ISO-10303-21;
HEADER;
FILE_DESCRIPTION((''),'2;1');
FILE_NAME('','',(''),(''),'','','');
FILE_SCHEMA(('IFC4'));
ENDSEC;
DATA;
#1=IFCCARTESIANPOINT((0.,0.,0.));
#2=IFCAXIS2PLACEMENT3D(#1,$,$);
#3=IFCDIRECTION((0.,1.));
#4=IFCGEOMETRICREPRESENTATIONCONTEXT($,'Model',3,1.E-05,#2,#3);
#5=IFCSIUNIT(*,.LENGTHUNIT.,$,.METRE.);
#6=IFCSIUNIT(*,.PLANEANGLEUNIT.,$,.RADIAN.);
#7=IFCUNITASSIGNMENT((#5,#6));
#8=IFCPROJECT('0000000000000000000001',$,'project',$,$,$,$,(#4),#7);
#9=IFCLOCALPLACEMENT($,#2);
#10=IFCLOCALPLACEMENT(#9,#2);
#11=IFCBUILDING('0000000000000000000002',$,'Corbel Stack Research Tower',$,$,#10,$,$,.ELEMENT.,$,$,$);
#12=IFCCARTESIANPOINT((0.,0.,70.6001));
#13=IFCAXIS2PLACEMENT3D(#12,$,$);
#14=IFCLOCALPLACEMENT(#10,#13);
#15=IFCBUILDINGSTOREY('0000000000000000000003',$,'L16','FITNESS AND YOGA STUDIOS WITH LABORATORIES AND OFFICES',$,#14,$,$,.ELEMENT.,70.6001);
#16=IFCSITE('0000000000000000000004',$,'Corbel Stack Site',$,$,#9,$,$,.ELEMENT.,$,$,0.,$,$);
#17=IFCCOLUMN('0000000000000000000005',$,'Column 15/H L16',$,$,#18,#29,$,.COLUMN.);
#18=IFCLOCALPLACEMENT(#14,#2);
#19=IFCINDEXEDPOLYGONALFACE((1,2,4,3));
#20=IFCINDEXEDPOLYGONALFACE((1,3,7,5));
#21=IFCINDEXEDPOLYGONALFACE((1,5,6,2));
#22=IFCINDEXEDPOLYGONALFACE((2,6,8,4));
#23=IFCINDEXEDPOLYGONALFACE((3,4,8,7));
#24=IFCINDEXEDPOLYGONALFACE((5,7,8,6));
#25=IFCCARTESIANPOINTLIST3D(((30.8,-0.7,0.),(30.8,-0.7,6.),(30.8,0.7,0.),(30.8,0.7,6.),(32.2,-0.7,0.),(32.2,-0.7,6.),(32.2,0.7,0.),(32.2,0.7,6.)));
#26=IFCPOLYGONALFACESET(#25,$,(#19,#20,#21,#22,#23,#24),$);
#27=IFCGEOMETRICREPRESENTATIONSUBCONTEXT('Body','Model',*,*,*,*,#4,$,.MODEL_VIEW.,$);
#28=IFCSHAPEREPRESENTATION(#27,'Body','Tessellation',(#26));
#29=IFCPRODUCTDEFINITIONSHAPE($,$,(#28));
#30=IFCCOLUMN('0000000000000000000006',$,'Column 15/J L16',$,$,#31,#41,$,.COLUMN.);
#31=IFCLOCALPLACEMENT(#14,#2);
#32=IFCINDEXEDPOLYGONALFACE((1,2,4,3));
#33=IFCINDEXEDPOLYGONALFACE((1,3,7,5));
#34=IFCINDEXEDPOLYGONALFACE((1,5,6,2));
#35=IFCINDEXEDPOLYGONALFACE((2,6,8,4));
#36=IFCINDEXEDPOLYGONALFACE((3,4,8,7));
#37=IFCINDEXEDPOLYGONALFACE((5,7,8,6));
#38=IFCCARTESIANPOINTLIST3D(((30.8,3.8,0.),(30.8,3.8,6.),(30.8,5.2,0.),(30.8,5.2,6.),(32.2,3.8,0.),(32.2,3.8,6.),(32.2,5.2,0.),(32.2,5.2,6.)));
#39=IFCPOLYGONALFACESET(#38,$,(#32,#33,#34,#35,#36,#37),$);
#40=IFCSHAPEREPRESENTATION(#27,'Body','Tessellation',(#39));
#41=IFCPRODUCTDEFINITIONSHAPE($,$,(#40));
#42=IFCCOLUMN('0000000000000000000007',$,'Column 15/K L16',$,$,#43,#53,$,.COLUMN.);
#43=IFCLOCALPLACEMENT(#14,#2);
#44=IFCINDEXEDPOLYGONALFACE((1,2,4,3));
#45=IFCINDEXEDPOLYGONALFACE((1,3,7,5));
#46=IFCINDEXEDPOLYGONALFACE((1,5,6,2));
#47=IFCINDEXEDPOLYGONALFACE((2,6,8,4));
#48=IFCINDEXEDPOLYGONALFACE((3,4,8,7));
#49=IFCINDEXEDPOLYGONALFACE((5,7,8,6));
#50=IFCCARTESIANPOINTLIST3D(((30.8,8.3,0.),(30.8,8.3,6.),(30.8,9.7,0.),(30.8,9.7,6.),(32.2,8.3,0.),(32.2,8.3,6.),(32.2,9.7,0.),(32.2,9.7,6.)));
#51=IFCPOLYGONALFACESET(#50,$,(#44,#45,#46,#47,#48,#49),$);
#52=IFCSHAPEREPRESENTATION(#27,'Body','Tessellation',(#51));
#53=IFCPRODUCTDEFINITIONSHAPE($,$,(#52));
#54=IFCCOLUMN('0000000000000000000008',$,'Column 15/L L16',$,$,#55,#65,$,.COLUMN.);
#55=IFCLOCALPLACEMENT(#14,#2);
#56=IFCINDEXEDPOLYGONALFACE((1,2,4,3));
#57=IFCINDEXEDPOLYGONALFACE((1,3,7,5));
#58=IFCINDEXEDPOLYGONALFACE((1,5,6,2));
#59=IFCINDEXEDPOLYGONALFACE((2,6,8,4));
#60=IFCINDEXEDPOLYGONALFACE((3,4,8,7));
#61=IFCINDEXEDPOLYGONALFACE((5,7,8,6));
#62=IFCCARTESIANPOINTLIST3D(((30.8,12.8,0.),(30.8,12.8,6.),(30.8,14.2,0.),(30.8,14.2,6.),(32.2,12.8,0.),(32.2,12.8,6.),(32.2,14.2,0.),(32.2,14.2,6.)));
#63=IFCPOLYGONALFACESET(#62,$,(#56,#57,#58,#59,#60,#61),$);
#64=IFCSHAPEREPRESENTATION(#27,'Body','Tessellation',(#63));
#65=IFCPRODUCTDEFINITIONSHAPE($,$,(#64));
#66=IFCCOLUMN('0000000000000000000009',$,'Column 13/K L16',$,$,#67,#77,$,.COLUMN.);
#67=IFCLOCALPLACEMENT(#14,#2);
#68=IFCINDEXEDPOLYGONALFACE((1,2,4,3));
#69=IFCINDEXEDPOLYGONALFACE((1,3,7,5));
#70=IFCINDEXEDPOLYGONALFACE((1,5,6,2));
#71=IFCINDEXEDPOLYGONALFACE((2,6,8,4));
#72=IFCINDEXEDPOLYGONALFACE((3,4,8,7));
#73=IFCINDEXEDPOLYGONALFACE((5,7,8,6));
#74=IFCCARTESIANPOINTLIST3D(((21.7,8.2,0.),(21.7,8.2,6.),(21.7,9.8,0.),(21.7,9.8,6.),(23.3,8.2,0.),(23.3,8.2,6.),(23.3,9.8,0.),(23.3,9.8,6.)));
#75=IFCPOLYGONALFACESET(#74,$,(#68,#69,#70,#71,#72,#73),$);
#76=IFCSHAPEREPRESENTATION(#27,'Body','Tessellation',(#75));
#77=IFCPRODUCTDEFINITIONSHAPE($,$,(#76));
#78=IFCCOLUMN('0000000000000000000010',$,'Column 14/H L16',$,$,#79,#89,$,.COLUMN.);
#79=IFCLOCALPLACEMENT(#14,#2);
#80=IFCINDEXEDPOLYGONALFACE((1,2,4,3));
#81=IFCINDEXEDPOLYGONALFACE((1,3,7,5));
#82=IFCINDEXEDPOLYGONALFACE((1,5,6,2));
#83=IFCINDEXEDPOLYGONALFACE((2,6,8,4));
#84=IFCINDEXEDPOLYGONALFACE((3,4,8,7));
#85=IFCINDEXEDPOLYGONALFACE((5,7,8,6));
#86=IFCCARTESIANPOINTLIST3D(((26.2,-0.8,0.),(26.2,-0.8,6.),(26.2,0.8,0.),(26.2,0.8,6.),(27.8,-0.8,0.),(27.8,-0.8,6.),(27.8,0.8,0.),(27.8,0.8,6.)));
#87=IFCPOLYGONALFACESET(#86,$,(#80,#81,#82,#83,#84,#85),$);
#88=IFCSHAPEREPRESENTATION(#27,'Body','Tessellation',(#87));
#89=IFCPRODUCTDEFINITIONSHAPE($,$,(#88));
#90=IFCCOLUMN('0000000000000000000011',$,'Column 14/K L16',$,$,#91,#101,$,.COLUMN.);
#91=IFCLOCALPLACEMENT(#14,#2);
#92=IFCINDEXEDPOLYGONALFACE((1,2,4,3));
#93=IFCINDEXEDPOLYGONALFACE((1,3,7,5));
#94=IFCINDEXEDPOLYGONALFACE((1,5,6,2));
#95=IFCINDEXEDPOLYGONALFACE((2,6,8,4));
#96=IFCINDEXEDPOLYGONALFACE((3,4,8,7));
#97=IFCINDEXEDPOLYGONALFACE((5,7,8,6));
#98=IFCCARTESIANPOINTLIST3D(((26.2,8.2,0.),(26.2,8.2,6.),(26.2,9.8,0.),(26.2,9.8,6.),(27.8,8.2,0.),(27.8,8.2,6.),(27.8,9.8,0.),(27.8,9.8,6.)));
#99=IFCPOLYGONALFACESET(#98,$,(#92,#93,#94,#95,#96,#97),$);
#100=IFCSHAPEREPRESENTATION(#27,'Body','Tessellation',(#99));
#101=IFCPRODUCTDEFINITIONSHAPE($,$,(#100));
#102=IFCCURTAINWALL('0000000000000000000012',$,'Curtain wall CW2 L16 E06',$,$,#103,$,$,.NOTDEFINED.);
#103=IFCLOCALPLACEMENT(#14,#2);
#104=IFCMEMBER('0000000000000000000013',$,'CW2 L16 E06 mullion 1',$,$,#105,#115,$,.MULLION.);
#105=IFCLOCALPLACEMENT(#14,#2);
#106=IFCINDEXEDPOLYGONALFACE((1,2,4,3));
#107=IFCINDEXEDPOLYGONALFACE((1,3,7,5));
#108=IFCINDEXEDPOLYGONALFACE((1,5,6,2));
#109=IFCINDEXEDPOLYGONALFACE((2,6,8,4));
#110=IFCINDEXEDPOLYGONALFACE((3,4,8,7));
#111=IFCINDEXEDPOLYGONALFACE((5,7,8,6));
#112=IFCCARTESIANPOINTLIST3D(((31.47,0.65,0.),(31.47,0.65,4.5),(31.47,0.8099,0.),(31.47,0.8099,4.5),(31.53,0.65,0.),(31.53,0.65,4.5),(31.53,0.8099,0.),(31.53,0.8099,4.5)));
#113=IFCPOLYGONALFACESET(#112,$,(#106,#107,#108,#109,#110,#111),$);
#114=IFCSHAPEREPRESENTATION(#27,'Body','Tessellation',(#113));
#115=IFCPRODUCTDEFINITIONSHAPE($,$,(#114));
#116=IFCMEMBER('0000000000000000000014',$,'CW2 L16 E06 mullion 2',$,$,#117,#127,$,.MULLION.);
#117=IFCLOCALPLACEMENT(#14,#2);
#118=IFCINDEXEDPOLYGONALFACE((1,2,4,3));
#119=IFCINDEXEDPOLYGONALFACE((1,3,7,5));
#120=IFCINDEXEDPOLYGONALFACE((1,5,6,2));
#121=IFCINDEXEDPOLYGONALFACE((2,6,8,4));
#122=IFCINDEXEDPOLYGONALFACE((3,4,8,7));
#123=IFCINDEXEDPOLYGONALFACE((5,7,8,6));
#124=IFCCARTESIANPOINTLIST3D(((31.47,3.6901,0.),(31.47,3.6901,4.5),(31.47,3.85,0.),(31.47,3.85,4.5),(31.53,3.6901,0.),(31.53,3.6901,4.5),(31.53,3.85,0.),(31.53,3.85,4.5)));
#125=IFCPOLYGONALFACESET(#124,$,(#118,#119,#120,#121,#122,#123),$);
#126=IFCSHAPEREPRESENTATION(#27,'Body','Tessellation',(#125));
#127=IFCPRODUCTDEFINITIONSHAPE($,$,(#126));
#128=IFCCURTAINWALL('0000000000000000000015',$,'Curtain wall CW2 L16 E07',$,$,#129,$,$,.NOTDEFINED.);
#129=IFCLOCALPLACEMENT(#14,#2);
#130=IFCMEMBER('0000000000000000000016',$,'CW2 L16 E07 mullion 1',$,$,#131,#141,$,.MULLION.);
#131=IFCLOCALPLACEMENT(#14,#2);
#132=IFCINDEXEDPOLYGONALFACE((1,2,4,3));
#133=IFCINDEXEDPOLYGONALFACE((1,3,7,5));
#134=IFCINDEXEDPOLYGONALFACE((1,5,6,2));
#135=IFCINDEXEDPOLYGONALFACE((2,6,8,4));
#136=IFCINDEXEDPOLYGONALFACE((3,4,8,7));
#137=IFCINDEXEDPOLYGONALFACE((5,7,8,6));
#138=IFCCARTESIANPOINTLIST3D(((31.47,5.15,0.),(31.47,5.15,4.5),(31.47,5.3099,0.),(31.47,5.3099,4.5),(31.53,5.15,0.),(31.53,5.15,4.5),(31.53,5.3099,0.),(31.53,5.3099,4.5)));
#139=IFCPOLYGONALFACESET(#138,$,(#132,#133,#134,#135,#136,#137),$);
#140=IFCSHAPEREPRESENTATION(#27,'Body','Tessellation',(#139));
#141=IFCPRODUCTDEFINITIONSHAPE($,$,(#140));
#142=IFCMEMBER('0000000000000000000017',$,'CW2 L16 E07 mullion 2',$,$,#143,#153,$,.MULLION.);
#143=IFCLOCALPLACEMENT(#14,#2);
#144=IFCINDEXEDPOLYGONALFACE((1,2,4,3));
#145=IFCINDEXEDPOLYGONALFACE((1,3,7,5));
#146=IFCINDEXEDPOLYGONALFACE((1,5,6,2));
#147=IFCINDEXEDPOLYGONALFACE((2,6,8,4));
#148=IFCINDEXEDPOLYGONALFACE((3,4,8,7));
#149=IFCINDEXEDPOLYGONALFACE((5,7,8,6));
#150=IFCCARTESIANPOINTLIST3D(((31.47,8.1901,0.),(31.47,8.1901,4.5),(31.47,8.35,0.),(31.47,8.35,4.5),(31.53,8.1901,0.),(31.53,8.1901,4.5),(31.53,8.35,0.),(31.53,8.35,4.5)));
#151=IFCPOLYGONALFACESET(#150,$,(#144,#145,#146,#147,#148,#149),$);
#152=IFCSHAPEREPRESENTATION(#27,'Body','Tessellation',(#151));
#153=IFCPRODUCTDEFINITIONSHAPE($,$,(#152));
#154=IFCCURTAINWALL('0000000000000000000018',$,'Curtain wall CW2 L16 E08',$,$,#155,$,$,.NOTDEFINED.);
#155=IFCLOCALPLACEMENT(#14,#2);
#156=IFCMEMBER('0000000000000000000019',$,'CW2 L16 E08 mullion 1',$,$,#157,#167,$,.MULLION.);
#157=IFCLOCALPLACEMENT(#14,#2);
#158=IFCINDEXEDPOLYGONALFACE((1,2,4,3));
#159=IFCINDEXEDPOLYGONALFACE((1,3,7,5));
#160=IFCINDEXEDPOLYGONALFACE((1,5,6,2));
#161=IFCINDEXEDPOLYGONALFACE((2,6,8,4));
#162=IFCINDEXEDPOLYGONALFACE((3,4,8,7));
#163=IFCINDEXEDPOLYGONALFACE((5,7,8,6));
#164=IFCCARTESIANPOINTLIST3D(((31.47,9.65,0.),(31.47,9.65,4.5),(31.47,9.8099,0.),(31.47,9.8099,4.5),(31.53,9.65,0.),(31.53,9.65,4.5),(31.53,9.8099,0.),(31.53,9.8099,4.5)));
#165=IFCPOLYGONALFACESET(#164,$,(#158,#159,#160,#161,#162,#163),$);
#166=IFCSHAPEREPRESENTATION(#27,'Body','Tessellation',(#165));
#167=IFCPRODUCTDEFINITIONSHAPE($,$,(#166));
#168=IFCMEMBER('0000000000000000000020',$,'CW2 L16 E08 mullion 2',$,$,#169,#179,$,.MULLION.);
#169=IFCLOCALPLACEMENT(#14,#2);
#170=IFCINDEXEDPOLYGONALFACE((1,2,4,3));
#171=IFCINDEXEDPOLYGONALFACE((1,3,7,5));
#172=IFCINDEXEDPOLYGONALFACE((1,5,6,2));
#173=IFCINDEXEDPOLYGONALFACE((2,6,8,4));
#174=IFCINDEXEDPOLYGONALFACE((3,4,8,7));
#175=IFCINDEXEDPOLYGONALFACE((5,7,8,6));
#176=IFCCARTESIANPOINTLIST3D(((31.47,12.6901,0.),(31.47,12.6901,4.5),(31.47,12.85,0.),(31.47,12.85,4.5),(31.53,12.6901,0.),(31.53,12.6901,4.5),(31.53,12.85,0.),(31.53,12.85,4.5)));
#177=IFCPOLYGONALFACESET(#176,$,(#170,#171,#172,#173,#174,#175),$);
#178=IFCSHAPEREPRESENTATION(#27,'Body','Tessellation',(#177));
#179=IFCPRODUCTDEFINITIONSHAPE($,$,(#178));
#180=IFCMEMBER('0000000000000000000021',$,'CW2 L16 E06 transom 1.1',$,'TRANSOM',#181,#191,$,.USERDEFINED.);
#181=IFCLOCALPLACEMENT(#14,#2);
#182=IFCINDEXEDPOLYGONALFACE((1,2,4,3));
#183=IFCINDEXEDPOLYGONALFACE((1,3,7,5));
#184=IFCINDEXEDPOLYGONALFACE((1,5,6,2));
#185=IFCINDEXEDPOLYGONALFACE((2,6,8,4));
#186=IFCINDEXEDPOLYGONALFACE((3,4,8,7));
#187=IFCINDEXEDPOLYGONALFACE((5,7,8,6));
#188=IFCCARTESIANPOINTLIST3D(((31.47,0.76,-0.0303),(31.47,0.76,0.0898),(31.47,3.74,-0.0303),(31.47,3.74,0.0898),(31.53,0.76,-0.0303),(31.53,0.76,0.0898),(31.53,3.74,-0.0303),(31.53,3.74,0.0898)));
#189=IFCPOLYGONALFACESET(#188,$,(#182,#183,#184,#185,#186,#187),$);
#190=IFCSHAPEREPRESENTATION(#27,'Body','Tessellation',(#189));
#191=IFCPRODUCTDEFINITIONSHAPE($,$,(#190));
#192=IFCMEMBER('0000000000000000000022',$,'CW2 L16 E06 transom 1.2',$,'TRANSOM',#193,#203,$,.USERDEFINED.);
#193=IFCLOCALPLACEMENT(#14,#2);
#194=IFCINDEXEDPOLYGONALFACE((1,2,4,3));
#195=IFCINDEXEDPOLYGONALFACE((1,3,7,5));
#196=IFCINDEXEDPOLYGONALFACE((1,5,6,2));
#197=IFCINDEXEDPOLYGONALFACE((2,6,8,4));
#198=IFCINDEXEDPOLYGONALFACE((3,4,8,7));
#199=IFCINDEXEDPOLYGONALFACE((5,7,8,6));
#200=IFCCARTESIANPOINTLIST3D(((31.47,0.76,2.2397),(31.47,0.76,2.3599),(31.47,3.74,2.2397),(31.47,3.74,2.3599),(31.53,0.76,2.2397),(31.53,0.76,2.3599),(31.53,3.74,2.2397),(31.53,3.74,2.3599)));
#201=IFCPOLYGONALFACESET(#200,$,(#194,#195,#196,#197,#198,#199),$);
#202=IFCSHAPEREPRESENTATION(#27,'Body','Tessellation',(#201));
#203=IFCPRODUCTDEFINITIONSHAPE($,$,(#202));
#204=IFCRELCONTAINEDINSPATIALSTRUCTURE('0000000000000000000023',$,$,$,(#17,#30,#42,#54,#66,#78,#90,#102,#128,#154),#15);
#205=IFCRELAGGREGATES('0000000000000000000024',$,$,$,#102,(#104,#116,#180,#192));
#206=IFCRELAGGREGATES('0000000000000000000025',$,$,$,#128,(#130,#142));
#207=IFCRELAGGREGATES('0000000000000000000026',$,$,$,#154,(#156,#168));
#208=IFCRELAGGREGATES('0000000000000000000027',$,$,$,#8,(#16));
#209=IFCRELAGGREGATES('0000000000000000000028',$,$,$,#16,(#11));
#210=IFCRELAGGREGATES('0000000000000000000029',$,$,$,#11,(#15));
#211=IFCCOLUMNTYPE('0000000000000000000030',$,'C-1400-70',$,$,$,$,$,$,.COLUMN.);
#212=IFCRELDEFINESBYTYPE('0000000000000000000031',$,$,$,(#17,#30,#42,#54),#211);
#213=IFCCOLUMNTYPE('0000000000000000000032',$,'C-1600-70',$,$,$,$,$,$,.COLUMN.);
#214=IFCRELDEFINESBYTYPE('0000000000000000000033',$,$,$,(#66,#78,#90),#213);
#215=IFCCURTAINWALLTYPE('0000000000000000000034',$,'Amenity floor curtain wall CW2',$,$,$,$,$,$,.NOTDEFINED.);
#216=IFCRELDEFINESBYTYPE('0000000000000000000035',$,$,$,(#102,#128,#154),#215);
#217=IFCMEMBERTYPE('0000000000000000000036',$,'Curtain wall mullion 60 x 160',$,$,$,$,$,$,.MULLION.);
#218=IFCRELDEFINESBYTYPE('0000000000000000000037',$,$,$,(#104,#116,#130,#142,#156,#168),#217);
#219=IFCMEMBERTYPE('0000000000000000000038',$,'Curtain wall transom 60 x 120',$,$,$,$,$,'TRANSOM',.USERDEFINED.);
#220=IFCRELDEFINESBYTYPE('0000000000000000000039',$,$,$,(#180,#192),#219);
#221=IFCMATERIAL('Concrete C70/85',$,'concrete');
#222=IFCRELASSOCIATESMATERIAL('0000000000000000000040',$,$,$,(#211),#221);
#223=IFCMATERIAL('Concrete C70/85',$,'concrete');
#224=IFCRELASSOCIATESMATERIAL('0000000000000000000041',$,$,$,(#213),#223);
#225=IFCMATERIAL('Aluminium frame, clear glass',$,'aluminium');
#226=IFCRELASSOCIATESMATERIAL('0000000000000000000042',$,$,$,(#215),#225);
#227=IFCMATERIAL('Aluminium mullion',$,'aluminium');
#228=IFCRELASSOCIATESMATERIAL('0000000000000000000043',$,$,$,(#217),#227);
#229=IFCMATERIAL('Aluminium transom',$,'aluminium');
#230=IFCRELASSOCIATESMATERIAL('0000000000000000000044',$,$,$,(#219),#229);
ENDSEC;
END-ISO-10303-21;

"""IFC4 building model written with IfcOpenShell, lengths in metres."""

from ifc_helpers import new_model, si_unit, direction, frame, origin, origin_2d, place, context, subcontext, project, spatial, rectangle, extrude, material, material_profile, profile_set, type_object, element, aggregate, save


model = new_model("IFC4")

# Units and contexts
model_context = context("Model", 3, precision=1e-05, world=origin(), true_north=direction((0.0, 1.0)))
body_context = subcontext(model_context, "Body", "Model", "MODEL_VIEW")
ifc_project = project(units=[si_unit("LENGTHUNIT", "METRE"), si_unit("PLANEANGLEUNIT", "RADIAN")], contexts=[model_context])

# Site, building, storey
site_placement = place(None, origin())
site = spatial("IfcSite", under=ifc_project, at=site_placement, Name="Corbel Stack Site", CompositionType="ELEMENT", RefElevation=0.0)
building_placement = place(site_placement, origin())
building = spatial("IfcBuilding", under=site, at=building_placement, Name="Corbel Stack Research Tower", CompositionType="ELEMENT")
storey_placement = place(building_placement, frame((0.0, 0.0, 70.6001)))
storey = spatial("IfcBuildingStorey", under=building, at=storey_placement, Name="L16", Description="FITNESS AND YOGA STUDIOS WITH LABORATORIES AND OFFICES", CompositionType="ELEMENT", Elevation=70.6001)

# Columns
ifc_material_1 = material(Name="Concrete C70/85", Category="concrete")
ifc_material_profile_1 = material_profile(ifc_material_1, rectangle(XDim=1.3999, YDim=1.3999, at=origin_2d()), Name="RC 1400 x 1400")
ifc_profile_set_1 = profile_set([ifc_material_profile_1], Name="Concrete C70/85")
column_type_1 = type_object("IfcColumnType", Name="C-1400-70", PredefinedType="COLUMN", material=ifc_profile_set_1)
for number, where, z_axis, x_axis, name in (
    (1, (31.5, 0.0, 0.0), (0.0, 0.0, 1.0), (1.0, 0.0, 0.0), "Column 15/H L16"),
    (2, (31.5, 4.5, 0.0), (0.0, 0.0, 1.0), (1.0, 0.0, 0.0), "Column 15/J L16"),
    (3, (31.5, 9.0, 0.0), (0.0, 0.0, 1.0), (1.0, 0.0, 0.0), "Column 15/K L16"),
    (4, (31.5, 13.5, 0.0), (0.0, 0.0, 1.0), (1.0, 0.0, 0.0), "Column 15/L L16"),
):
    element("IfcColumn", number, at=place(storey_placement, frame(where, z_axis=z_axis, x_axis=x_axis)), inside=storey, type_object=column_type_1, Name=name, PredefinedType="COLUMN", context=body_context, shape_type="SweptSolid", body=[
        extrude(rectangle(XDim=1.3999, YDim=1.3999, at=origin_2d()), origin(), (0.0, 0.0, 1.0), 6.0),
    ])
ifc_material_2 = material(Name="Concrete C70/85", Category="concrete")
ifc_material_profile_2 = material_profile(ifc_material_2, rectangle(XDim=1.6001, YDim=1.6001, at=origin_2d()), Name="RC 1600 x 1600")
ifc_profile_set_2 = profile_set([ifc_material_profile_2], Name="Concrete C70/85")
column_type_2 = type_object("IfcColumnType", Name="C-1600-70", PredefinedType="COLUMN", material=ifc_profile_set_2)
for number, where, z_axis, x_axis, name in (
    (5, (22.5, 9.0, 0.0), (0.0, 0.0, 1.0), (1.0, 0.0, 0.0), "Column 13/K L16"),
    (6, (27.0, 0.0, 0.0), (0.0, 0.0, 1.0), (1.0, 0.0, 0.0), "Column 14/H L16"),
    (7, (27.0, 9.0, 0.0), (0.0, 0.0, 1.0), (1.0, 0.0, 0.0), "Column 14/K L16"),
):
    element("IfcColumn", number, at=place(storey_placement, frame(where, z_axis=z_axis, x_axis=x_axis)), inside=storey, type_object=column_type_2, Name=name, PredefinedType="COLUMN", context=body_context, shape_type="SweptSolid", body=[
        extrude(rectangle(XDim=1.6001, YDim=1.6001, at=origin_2d()), origin(), (0.0, 0.0, 1.0), 6.0),
    ])

# Curtain walls, members
ifc_material_3 = material(Name="Aluminium frame, clear glass", Category="aluminium")
curtain_wall_type = type_object("IfcCurtainWallType", Name="Amenity floor curtain wall CW2", PredefinedType="NOTDEFINED", material=ifc_material_3)
curtain_wall_1_placement = place(storey_placement, origin())
curtain_wall_1 = element("IfcCurtainWall", 8, at=curtain_wall_1_placement, inside=storey, type_object=curtain_wall_type, Name="Curtain wall CW2 L16 E06", PredefinedType="NOTDEFINED")
ifc_material_4 = material(Name="Aluminium mullion", Category="aluminium")
ifc_material_profile_3 = material_profile(ifc_material_4, rectangle(XDim=0.0601, YDim=0.1599, at=origin_2d()), Name="Mullion 60 x 160")
ifc_profile_set_3 = profile_set([ifc_material_profile_3], Name="Aluminium mullion")
member_type_1 = type_object("IfcMemberType", Name="Curtain wall mullion 60 x 160", PredefinedType="MULLION", material=ifc_profile_set_3)
member_1_placement = place(storey_placement, frame((31.5, 0.73, 0.0), z_axis=(0.0, 0.0, 1.0), x_axis=(-1.0, 0.0, 0.0)))
member_1 = element("IfcMember", 9, at=member_1_placement, type_object=member_type_1, Name="CW2 L16 E06 mullion 1", PredefinedType="MULLION", context=body_context, shape_type="SweptSolid", body=[
    extrude(rectangle(XDim=0.0601, YDim=0.1599, at=origin_2d()), origin(), (0.0, 0.0, 1.0), 4.5),
])
member_2_placement = place(storey_placement, frame((31.5, 3.77, 0.0), z_axis=(0.0, 0.0, 1.0), x_axis=(-1.0, 0.0, 0.0)))
member_2 = element("IfcMember", 10, at=member_2_placement, type_object=member_type_1, Name="CW2 L16 E06 mullion 2", PredefinedType="MULLION", context=body_context, shape_type="SweptSolid", body=[
    extrude(rectangle(XDim=0.0601, YDim=0.1599, at=origin_2d()), origin(), (0.0, 0.0, 1.0), 4.5),
])
curtain_wall_2_placement = place(storey_placement, origin())
curtain_wall_2 = element("IfcCurtainWall", 11, at=curtain_wall_2_placement, inside=storey, type_object=curtain_wall_type, Name="Curtain wall CW2 L16 E07", PredefinedType="NOTDEFINED")
member_3_placement = place(storey_placement, frame((31.5, 5.23, 0.0), z_axis=(0.0, 0.0, 1.0), x_axis=(-1.0, 0.0, 0.0)))
member_3 = element("IfcMember", 12, at=member_3_placement, type_object=member_type_1, Name="CW2 L16 E07 mullion 1", PredefinedType="MULLION", context=body_context, shape_type="SweptSolid", body=[
    extrude(rectangle(XDim=0.0601, YDim=0.1599, at=origin_2d()), origin(), (0.0, 0.0, 1.0), 4.5),
])
member_4_placement = place(storey_placement, frame((31.5, 8.27, 0.0), z_axis=(0.0, 0.0, 1.0), x_axis=(-1.0, 0.0, 0.0)))
member_4 = element("IfcMember", 13, at=member_4_placement, type_object=member_type_1, Name="CW2 L16 E07 mullion 2", PredefinedType="MULLION", context=body_context, shape_type="SweptSolid", body=[
    extrude(rectangle(XDim=0.0601, YDim=0.1599, at=origin_2d()), origin(), (0.0, 0.0, 1.0), 4.5),
])
curtain_wall_3_placement = place(storey_placement, origin())
curtain_wall_3 = element("IfcCurtainWall", 14, at=curtain_wall_3_placement, inside=storey, type_object=curtain_wall_type, Name="Curtain wall CW2 L16 E08", PredefinedType="NOTDEFINED")
member_5_placement = place(storey_placement, frame((31.5, 9.73, 0.0), z_axis=(0.0, 0.0, 1.0), x_axis=(-1.0, 0.0, 0.0)))
member_5 = element("IfcMember", 15, at=member_5_placement, type_object=member_type_1, Name="CW2 L16 E08 mullion 1", PredefinedType="MULLION", context=body_context, shape_type="SweptSolid", body=[
    extrude(rectangle(XDim=0.0601, YDim=0.1599, at=origin_2d()), origin(), (0.0, 0.0, 1.0), 4.5),
])
member_6_placement = place(storey_placement, frame((31.5, 12.77, 0.0), z_axis=(0.0, 0.0, 1.0), x_axis=(-1.0, 0.0, 0.0)))
member_6 = element("IfcMember", 16, at=member_6_placement, type_object=member_type_1, Name="CW2 L16 E08 mullion 2", PredefinedType="MULLION", context=body_context, shape_type="SweptSolid", body=[
    extrude(rectangle(XDim=0.0601, YDim=0.1599, at=origin_2d()), origin(), (0.0, 0.0, 1.0), 4.5),
])

# Members
ifc_material_5 = material(Name="Aluminium transom", Category="aluminium")
ifc_material_profile_4 = material_profile(ifc_material_5, rectangle(XDim=0.0601, YDim=0.1201, at=origin_2d()), Name="Transom 60 x 120")
ifc_profile_set_4 = profile_set([ifc_material_profile_4], Name="Aluminium transom")
member_type_2 = type_object("IfcMemberType", Name="Curtain wall transom 60 x 120", ElementType="TRANSOM", PredefinedType="USERDEFINED", material=ifc_profile_set_4)
member_7_placement = place(storey_placement, frame((31.5, 0.76, 0.0298), z_axis=(0.0, 1.0, 0.0), x_axis=(-1.0, 0.0, 0.0)))
member_7 = element("IfcMember", 17, at=member_7_placement, type_object=member_type_2, Name="CW2 L16 E06 transom 1.1", ObjectType="TRANSOM", PredefinedType="USERDEFINED", context=body_context, shape_type="SweptSolid", body=[
    extrude(rectangle(XDim=0.0601, YDim=0.1201, at=origin_2d()), origin(), (0.0, 0.0, 1.0), 2.98),
])
member_8_placement = place(storey_placement, frame((31.5, 0.76, 2.2998), z_axis=(0.0, 1.0, 0.0), x_axis=(-1.0, 0.0, 0.0)))
member_8 = element("IfcMember", 18, at=member_8_placement, type_object=member_type_2, Name="CW2 L16 E06 transom 1.2", ObjectType="TRANSOM", PredefinedType="USERDEFINED", context=body_context, shape_type="SweptSolid", body=[
    extrude(rectangle(XDim=0.0601, YDim=0.1201, at=origin_2d()), origin(), (0.0, 0.0, 1.0), 2.98),
])

aggregate(curtain_wall_1, [member_1, member_2, member_7, member_8])
aggregate(curtain_wall_2, [member_3, member_4])
aggregate(curtain_wall_3, [member_5, member_6])

save(model, "model.ifc")
